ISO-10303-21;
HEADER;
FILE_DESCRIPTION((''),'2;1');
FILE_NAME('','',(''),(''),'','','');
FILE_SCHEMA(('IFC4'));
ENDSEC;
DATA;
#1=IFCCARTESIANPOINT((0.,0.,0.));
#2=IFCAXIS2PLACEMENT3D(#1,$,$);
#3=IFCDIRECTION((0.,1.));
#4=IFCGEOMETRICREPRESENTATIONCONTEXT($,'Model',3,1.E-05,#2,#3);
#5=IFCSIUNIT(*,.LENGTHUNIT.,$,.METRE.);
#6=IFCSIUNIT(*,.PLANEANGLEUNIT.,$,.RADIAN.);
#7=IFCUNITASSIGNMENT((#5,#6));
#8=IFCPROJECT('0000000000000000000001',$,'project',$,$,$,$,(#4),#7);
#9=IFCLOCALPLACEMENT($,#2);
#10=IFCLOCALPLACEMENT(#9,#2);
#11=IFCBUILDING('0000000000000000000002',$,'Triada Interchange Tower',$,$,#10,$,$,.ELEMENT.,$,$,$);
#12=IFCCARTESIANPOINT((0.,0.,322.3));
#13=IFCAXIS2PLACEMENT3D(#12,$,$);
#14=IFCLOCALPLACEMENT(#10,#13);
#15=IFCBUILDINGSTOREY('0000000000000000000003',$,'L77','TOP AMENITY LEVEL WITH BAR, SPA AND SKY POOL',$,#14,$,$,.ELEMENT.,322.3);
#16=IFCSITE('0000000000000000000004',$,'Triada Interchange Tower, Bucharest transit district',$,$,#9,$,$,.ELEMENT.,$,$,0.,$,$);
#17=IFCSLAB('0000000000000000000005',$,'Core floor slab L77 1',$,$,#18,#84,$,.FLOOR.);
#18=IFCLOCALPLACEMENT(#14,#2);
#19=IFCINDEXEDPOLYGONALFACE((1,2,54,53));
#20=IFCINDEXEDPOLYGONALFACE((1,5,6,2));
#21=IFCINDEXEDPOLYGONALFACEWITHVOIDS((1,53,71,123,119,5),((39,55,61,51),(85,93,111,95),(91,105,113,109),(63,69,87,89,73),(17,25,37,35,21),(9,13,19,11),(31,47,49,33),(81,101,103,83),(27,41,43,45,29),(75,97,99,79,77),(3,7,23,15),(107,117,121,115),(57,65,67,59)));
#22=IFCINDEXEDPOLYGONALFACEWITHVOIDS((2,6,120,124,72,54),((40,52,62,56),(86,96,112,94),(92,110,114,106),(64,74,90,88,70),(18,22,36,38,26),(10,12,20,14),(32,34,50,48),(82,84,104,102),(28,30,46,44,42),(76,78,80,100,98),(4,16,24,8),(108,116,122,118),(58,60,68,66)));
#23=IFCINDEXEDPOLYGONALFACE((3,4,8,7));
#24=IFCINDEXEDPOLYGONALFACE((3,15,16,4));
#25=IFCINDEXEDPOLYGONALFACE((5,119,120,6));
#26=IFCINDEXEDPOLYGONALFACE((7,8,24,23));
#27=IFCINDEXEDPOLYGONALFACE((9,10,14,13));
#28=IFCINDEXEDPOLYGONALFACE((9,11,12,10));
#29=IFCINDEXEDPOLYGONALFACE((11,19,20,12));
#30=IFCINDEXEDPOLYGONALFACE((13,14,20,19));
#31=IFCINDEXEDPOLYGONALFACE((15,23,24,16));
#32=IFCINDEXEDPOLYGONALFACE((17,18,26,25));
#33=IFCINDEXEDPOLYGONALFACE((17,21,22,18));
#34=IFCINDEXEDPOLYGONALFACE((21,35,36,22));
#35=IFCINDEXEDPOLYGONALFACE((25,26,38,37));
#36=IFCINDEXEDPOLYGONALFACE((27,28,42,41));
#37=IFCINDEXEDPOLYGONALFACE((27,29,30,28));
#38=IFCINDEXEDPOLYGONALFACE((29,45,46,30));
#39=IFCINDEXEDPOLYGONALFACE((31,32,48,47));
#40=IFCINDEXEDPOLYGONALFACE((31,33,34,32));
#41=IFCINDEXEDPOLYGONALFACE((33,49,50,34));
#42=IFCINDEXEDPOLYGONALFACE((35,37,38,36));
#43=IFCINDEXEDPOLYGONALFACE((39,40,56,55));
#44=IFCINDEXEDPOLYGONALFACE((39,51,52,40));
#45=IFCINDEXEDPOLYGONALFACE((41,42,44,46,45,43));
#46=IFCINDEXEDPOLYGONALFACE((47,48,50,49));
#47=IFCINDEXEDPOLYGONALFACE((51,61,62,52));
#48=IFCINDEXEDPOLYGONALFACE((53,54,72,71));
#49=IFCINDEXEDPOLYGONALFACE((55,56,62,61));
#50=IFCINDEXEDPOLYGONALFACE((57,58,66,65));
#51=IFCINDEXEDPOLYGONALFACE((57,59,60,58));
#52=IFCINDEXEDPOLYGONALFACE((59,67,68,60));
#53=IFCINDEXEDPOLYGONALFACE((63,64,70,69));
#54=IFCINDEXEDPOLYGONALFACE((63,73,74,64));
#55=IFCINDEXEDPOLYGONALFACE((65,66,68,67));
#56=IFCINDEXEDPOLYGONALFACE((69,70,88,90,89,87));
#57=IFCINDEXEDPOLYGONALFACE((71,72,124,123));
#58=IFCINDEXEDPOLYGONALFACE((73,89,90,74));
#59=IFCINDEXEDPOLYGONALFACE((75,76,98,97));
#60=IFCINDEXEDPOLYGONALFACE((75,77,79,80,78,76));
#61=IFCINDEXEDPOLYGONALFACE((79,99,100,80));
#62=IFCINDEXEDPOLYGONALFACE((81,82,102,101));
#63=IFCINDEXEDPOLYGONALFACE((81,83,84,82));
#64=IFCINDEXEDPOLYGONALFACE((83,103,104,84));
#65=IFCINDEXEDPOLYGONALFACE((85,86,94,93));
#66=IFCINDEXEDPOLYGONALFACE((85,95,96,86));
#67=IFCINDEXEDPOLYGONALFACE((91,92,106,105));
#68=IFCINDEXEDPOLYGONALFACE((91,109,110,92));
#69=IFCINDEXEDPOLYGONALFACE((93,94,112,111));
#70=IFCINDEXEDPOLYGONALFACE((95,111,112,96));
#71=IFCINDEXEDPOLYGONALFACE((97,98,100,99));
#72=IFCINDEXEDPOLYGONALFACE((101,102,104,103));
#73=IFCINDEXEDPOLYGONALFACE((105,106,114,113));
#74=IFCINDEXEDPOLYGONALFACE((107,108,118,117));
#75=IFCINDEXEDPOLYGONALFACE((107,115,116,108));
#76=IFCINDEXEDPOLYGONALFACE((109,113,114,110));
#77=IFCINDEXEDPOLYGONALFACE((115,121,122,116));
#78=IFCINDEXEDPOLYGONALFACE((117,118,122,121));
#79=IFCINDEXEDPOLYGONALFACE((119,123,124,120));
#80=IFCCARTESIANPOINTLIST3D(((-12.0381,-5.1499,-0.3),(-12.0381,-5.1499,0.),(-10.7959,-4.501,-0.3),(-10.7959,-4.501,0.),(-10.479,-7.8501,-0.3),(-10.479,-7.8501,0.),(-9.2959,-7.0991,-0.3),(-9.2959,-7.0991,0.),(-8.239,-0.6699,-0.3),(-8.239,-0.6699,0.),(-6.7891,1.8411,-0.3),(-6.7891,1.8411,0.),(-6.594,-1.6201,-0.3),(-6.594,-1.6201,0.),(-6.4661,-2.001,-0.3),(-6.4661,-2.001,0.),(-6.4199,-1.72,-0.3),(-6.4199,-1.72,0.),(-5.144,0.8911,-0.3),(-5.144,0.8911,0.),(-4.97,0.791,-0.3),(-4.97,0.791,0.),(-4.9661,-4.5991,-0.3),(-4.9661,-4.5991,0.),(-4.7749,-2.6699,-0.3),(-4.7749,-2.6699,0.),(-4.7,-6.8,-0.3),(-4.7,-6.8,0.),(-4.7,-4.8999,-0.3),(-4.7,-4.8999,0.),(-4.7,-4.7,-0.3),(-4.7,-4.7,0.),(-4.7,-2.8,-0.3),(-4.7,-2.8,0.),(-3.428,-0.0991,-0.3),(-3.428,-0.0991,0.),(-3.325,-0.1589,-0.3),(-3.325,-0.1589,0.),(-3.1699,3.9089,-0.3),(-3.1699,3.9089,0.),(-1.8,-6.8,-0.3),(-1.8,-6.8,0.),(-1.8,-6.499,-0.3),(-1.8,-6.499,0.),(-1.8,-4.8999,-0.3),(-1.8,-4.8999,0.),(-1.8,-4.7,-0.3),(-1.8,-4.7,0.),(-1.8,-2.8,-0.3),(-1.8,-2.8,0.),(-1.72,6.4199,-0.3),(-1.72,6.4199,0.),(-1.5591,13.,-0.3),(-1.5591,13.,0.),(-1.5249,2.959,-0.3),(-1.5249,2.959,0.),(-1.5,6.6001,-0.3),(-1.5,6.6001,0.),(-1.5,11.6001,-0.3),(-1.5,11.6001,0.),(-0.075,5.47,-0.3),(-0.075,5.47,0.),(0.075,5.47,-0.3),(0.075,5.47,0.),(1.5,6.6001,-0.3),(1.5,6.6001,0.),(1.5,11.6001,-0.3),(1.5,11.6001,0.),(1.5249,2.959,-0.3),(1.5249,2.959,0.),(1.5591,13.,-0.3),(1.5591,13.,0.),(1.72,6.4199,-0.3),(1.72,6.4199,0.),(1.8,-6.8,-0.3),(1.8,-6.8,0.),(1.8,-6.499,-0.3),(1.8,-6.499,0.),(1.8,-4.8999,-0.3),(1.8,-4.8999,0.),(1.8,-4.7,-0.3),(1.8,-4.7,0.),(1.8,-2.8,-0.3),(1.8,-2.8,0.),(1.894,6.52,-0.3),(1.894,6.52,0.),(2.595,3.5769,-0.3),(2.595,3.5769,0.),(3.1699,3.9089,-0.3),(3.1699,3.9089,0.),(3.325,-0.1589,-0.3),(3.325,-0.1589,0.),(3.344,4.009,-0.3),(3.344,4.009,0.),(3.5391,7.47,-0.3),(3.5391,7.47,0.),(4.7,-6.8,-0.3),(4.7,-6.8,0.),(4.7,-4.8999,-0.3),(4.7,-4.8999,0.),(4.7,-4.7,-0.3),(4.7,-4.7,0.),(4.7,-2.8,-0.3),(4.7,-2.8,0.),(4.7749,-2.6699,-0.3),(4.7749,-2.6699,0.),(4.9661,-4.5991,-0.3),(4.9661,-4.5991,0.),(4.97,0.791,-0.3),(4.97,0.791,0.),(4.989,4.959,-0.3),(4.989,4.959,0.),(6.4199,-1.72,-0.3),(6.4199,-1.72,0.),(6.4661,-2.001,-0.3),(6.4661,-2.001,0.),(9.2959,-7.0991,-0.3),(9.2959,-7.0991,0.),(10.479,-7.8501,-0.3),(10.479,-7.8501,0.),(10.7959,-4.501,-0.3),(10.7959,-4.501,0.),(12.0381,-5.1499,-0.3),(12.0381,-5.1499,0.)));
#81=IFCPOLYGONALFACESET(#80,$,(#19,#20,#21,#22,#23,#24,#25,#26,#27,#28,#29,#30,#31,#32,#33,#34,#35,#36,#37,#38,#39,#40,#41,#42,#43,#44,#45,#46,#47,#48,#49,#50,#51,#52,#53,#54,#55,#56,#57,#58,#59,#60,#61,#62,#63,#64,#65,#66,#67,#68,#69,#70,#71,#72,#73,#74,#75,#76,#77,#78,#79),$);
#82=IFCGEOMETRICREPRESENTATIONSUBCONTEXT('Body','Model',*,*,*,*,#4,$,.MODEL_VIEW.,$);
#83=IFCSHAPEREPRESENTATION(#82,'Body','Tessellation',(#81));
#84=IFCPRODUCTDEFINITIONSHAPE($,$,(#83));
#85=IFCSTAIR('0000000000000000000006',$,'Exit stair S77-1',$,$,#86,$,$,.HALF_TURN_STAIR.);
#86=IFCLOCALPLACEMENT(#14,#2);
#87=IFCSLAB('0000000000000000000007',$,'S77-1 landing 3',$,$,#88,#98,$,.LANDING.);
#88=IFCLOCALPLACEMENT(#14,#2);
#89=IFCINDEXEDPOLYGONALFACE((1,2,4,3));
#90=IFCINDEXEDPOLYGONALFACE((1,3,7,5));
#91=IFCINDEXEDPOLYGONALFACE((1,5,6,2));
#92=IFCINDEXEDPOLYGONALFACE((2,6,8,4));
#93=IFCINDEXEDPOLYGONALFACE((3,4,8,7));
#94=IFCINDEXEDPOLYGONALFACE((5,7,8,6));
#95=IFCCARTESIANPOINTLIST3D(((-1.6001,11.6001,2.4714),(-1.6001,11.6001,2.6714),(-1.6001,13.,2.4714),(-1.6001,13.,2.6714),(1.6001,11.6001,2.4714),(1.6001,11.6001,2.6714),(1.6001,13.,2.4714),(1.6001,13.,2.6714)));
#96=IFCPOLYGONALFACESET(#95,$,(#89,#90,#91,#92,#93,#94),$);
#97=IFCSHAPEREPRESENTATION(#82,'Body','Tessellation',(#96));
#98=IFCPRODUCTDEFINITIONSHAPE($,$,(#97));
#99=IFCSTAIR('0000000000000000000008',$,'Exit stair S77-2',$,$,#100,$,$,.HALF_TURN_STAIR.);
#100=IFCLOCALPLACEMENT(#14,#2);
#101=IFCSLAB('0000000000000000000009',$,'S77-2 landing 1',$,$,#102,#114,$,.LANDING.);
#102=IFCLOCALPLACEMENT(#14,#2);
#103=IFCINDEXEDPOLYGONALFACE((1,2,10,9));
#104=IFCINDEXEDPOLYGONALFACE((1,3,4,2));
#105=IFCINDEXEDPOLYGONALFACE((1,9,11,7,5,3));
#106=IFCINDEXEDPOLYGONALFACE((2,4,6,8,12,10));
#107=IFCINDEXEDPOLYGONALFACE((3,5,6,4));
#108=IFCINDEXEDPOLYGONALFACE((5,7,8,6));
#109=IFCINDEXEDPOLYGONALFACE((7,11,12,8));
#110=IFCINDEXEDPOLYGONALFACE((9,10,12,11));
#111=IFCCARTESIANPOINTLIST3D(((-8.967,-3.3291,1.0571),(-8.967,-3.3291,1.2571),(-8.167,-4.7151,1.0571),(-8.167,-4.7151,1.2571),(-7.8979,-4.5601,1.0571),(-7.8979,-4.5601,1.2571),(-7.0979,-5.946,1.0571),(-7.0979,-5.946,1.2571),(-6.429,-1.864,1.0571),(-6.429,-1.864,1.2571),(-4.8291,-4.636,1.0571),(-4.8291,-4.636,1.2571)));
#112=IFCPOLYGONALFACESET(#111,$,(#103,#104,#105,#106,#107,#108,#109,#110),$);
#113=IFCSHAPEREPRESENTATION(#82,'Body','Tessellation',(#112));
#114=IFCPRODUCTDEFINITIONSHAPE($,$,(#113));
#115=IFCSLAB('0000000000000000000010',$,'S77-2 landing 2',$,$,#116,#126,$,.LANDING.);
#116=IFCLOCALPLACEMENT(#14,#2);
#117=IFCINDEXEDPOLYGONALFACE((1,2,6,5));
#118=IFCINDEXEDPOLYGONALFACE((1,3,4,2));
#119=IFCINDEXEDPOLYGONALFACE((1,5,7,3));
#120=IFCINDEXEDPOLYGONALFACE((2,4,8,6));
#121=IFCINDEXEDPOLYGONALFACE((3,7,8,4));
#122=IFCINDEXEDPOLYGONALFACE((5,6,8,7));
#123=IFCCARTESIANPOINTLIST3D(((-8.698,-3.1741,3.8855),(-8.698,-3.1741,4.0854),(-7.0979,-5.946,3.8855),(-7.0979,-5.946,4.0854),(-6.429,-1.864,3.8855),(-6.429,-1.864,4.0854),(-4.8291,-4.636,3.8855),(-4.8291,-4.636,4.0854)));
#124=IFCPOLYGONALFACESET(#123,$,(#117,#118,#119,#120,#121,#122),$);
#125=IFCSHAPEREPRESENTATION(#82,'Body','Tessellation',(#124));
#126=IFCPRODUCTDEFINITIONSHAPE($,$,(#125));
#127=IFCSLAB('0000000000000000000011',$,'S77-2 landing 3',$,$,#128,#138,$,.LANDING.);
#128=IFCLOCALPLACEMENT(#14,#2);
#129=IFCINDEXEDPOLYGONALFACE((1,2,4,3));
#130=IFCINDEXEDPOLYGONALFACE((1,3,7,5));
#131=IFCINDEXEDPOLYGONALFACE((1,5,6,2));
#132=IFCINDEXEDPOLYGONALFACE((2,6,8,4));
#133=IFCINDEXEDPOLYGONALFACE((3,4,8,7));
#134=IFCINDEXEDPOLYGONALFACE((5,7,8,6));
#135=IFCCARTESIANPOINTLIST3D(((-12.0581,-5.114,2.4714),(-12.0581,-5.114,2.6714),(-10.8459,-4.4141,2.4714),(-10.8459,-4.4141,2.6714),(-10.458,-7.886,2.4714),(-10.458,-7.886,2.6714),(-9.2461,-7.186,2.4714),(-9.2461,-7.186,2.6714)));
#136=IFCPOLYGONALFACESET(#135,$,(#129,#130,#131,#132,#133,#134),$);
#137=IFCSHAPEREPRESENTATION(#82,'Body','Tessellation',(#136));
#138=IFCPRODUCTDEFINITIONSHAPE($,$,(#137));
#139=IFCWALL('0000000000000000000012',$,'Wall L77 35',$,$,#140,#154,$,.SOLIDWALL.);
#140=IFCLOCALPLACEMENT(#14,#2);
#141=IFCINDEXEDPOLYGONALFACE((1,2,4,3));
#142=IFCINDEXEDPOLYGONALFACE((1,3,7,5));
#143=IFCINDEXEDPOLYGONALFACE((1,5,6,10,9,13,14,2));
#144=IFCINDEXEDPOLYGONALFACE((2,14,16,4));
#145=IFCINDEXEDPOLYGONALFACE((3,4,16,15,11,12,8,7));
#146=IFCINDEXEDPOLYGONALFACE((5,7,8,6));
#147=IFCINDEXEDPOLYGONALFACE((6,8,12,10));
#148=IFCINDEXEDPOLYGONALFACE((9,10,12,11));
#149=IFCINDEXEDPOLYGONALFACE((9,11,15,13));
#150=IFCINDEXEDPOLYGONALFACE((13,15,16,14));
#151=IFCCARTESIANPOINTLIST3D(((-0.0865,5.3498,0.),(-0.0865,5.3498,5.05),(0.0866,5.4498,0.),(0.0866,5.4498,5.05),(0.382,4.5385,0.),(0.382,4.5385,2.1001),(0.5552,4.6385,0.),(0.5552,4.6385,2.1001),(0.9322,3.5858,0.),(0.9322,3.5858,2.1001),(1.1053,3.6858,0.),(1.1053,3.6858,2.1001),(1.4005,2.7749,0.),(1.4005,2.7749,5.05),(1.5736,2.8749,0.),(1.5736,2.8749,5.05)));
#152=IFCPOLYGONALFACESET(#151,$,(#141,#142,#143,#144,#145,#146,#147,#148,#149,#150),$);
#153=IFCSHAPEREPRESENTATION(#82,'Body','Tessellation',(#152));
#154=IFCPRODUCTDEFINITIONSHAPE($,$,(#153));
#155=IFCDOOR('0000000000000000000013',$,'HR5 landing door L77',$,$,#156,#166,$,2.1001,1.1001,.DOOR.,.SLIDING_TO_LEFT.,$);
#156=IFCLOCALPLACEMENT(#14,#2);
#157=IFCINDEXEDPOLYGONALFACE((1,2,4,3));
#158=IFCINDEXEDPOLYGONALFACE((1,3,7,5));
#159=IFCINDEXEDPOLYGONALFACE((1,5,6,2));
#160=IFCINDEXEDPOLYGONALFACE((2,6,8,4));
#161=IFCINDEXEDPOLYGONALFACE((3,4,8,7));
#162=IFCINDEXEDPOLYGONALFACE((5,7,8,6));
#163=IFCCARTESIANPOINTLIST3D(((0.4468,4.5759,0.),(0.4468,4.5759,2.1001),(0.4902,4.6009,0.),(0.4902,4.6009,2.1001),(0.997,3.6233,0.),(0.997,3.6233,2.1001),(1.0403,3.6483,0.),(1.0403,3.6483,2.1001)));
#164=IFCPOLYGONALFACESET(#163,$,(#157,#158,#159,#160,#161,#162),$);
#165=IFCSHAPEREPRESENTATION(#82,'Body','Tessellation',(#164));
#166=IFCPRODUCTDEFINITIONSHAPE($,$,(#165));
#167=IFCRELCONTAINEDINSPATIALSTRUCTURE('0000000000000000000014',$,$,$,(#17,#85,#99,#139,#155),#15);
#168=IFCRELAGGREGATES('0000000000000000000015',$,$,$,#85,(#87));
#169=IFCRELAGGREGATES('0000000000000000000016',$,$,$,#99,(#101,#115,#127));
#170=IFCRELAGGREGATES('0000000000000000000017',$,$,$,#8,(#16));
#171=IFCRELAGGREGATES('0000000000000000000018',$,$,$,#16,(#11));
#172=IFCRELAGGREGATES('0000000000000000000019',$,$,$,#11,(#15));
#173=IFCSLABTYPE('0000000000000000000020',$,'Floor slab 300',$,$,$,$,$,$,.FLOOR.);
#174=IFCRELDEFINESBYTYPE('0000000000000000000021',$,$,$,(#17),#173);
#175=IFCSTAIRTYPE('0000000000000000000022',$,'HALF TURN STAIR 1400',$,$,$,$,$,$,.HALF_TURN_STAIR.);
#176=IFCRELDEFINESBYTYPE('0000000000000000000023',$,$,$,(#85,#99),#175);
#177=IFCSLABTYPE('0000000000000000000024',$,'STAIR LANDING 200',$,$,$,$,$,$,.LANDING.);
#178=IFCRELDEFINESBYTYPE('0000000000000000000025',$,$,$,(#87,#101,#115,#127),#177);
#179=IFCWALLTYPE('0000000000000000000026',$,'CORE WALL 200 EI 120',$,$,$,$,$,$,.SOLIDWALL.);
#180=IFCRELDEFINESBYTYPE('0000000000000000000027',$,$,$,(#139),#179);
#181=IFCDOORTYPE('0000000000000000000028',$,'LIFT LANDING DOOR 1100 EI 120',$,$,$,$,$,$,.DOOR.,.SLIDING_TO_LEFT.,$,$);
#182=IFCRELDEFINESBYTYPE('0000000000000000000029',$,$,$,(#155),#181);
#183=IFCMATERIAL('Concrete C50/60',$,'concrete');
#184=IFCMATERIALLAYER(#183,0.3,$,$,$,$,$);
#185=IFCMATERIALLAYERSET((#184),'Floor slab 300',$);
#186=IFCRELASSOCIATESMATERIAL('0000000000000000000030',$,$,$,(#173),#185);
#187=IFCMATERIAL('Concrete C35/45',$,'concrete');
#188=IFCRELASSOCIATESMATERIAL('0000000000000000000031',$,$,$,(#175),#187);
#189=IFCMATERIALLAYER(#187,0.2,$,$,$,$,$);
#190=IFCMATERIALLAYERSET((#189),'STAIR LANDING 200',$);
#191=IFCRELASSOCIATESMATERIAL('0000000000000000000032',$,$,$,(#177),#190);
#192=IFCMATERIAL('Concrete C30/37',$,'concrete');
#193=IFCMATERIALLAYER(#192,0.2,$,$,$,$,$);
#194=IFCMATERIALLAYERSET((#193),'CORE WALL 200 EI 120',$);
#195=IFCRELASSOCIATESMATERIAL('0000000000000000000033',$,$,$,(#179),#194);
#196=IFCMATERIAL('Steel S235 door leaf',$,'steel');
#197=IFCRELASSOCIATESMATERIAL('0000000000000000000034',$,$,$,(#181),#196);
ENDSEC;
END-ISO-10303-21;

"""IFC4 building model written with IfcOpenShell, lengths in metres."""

from ifc_helpers import new_model, si_unit, direction, frame, frame_2d, origin, place, context, subcontext, project, spatial, polyline, rectangle, outline, extrude, material, layer, layer_set, type_object, element, fill, aggregate, save


model = new_model("IFC4")

# Units and contexts
model_context = context("Model", 3, precision=1e-05, world=origin(), true_north=direction((0.0, 1.0)))
body_context = subcontext(model_context, "Body", "Model", "MODEL_VIEW")
ifc_project = project(units=[si_unit("LENGTHUNIT", "METRE"), si_unit("PLANEANGLEUNIT", "RADIAN")], contexts=[model_context])

# Site, building, storey
site_placement = place(None, origin())
site = spatial("IfcSite", under=ifc_project, at=site_placement, Name="Triada Interchange Tower, Bucharest transit district", CompositionType="ELEMENT", RefElevation=0.0)
building_placement = place(site_placement, origin())
building = spatial("IfcBuilding", under=site, at=building_placement, Name="Triada Interchange Tower", CompositionType="ELEMENT")
storey_placement = place(building_placement, frame((0.0, 0.0, 322.3)))
storey = spatial("IfcBuildingStorey", under=building, at=storey_placement, Name="L77", Description="TOP AMENITY LEVEL WITH BAR, SPA AND SKY POOL", CompositionType="ELEMENT", Elevation=322.3)

# Slab
ifc_material_1 = material(Name="Concrete C50/60", Category="concrete")
ifc_layer_1 = layer(ifc_material_1, 0.3)
ifc_layer_set_1 = layer_set([ifc_layer_1], Name="Floor slab 300")
slab_type_1 = type_object("IfcSlabType", Name="Floor slab 300", PredefinedType="FLOOR", material=ifc_layer_set_1)
slab_1_placement = place(storey_placement, frame((0.0, 0.0, -0.3)))
element("IfcSlab", 1, at=slab_1_placement, inside=storey, type_object=slab_type_1, Name="Core floor slab L77 1", PredefinedType="FLOOR", context=body_context, shape_type="SweptSolid", body=[
    extrude(outline(polyline([(12.0381, -5.1499), (10.479, -7.8501), (-10.479, -7.8501), (-12.0381, -5.1499), (-1.5591, 13.0), (1.5591, 13.0), (12.0381, -5.1499)]), holes=[polyline([(9.2959, -7.0991), (10.7959, -4.501), (6.4661, -2.001), (4.9661, -4.5991), (9.2959, -7.0991)]), polyline([(4.97, 0.791), (3.325, -0.1589), (4.7749, -2.6699), (6.4199, -1.72), (4.97, 0.791)]), polyline([(1.894, 6.52), (3.344, 4.009), (4.989, 4.959), (3.5391, 7.47), (1.894, 6.52)]), polyline([(1.8, -4.8999), (1.8, -6.499), (1.8, -6.8), (4.7, -6.8), (4.7, -4.8999), (1.8, -4.8999)]), polyline([(4.7, -2.8), (1.8, -2.8), (1.8, -4.7), (4.7, -4.7), (4.7, -2.8)]), polyline([(1.5249, 2.959), (2.595, 3.5769), (3.1699, 3.9089), (1.72, 6.4199), (0.075, 5.47), (1.5249, 2.959)]), polyline([(-1.5, 11.6001), (-1.5, 6.6001), (1.5, 6.6001), (1.5, 11.6001), (-1.5, 11.6001)]), polyline([(-1.5249, 2.959), (-0.075, 5.47), (-1.72, 6.4199), (-3.1699, 3.9089), (-1.5249, 2.959)]), polyline([(-1.8, -2.8), (-4.7, -2.8), (-4.7, -4.7), (-1.8, -4.7), (-1.8, -2.8)]), polyline([(-4.7, -6.8), (-1.8, -6.8), (-1.8, -6.499), (-1.8, -4.8999), (-4.7, -4.8999), (-4.7, -6.8)]), polyline([(-3.428, -0.0991), (-4.97, 0.791), (-6.4199, -1.72), (-4.7749, -2.6699), (-3.325, -0.1589), (-3.428, -0.0991)]), polyline([(-10.7959, -4.501), (-9.2959, -7.0991), (-4.9661, -4.5991), (-6.4661, -2.001), (-10.7959, -4.501)]), polyline([(-6.594, -1.6201), (-5.144, 0.8911), (-6.7891, 1.8411), (-8.239, -0.6699), (-6.594, -1.6201)])]), origin(), (0.0, 0.0, 1.0), 0.3),
])

# Stair, slab
ifc_material_2 = material(Name="Concrete C35/45", Category="concrete")
stair_type = type_object("IfcStairType", Name="HALF TURN STAIR 1400", PredefinedType="HALF_TURN_STAIR", material=ifc_material_2)
stair_1_placement = place(storey_placement, origin())
stair_1 = element("IfcStair", 2, at=stair_1_placement, inside=storey, type_object=stair_type, Name="Exit stair S77-1", PredefinedType="HALF_TURN_STAIR")
ifc_layer_2 = layer(ifc_material_2, 0.2)
ifc_layer_set_2 = layer_set([ifc_layer_2], Name="STAIR LANDING 200")
slab_type_2 = type_object("IfcSlabType", Name="STAIR LANDING 200", PredefinedType="LANDING", material=ifc_layer_set_2)
slab_2_placement = place(storey_placement, frame((0.0, 0.0, 2.4714)))
slab_2 = element("IfcSlab", 3, at=slab_2_placement, type_object=slab_type_2, Name="S77-1 landing 3", PredefinedType="LANDING", context=body_context, shape_type="SweptSolid", body=[
    extrude(outline(polyline([(1.6001, 11.6001), (1.6001, 13.0), (-1.6001, 13.0), (-1.6001, 11.6001), (1.6001, 11.6001)])), origin(), (0.0, 0.0, 1.0), 0.2),
])
aggregate(stair_1, [slab_2])

# Stair, slabs
stair_2_placement = place(storey_placement, origin())
stair_2 = element("IfcStair", 4, at=stair_2_placement, inside=storey, type_object=stair_type, Name="Exit stair S77-2", PredefinedType="HALF_TURN_STAIR")
slab_3_placement = place(storey_placement, frame((0.0, 0.0, 1.0571)))
slab_3 = element("IfcSlab", 5, at=slab_3_placement, type_object=slab_type_2, Name="S77-2 landing 1", PredefinedType="LANDING", context=body_context, shape_type="SweptSolid", body=[
    extrude(outline(polyline([(-6.429, -1.864), (-8.967, -3.3291), (-8.167, -4.7151), (-7.8979, -4.5601), (-7.0979, -5.946), (-4.8291, -4.636), (-6.429, -1.864)])), origin(), (0.0, 0.0, 1.0), 0.2),
])
slab_4_placement = place(storey_placement, frame((0.0, 0.0, 3.8855)))
slab_4 = element("IfcSlab", 6, at=slab_4_placement, type_object=slab_type_2, Name="S77-2 landing 2", PredefinedType="LANDING", context=body_context, shape_type="SweptSolid", body=[
    extrude(outline(polyline([(-6.429, -1.864), (-8.698, -3.1741), (-7.0979, -5.946), (-4.8291, -4.636), (-6.429, -1.864)])), origin(), (0.0, 0.0, 1.0), 0.2),
])
slab_5_placement = place(storey_placement, frame((0.0, 0.0, 2.4714)))
slab_5 = element("IfcSlab", 7, at=slab_5_placement, type_object=slab_type_2, Name="S77-2 landing 3", PredefinedType="LANDING", context=body_context, shape_type="SweptSolid", body=[
    extrude(outline(polyline([(-10.8459, -4.4141), (-12.0581, -5.114), (-10.458, -7.886), (-9.2461, -7.186), (-10.8459, -4.4141)])), origin(), (0.0, 0.0, 1.0), 0.2),
])
aggregate(stair_2, [slab_3, slab_4, slab_5])

# Wall, opening, door
ifc_material_3 = material(Name="Concrete C30/37", Category="concrete")
ifc_layer_3 = layer(ifc_material_3, 0.2)
ifc_layer_set_3 = layer_set([ifc_layer_3], Name="CORE WALL 200 EI 120")
wall_type_1 = type_object("IfcWallType", Name="CORE WALL 200 EI 120", PredefinedType="SOLIDWALL", material=ifc_layer_set_3)
wall_1_placement = place(storey_placement, frame((0.0, 5.3999, 0.0), z_axis=(0.0, 0.0, 1.0), x_axis=(0.500104, -0.865965, 0.0)))
wall_1 = element("IfcWall", 8, at=wall_1_placement, inside=storey, type_object=wall_type_1, Name="Wall L77 35", PredefinedType="SOLIDWALL", context=body_context, shape_type="SweptSolid", body=[
    extrude(rectangle(XDim=2.9734, YDim=0.2, at=frame_2d((1.4868, 0.0))), origin(), (0.0, 0.0, 1.0), 5.05),
])
opening_1_placement = place(wall_1_placement, frame((0.937, 0.0, 0.0)))
opening_1 = element("IfcOpeningElement", 9, at=opening_1_placement, cuts=wall_1, PredefinedType="OPENING", context=body_context, shape_type="SweptSolid", body=[
    extrude(rectangle(XDim=1.1001, YDim=2.1001, at=frame_2d((0.55, 1.05))), frame((0.0, 0.1099, 0.0), z_axis=(0.0, -1.0, 0.0), x_axis=(1.0, 0.0, 0.0)), (0.0, 0.0, 1.0), 0.22),
])
ifc_material_4 = material(Name="Steel S235 door leaf", Category="steel")
door_type_1 = type_object("IfcDoorType", Name="LIFT LANDING DOOR 1100 EI 120", OperationType="SLIDING_TO_LEFT", PredefinedType="DOOR", material=ifc_material_4)
door_1_placement = place(opening_1_placement, origin())
door_1 = element("IfcDoor", 10, at=door_1_placement, inside=storey, type_object=door_type_1, Name="HR5 landing door L77", OperationType="SLIDING_TO_LEFT", OverallHeight=2.1001, OverallWidth=1.1001, PredefinedType="DOOR", context=body_context, shape_type="SweptSolid", body=[
    extrude(rectangle(XDim=1.1001, YDim=2.1001, at=frame_2d((0.55, 1.05))), frame((0.0, 0.0249, 0.0), z_axis=(0.0, -1.0, 0.0), x_axis=(1.0, 0.0, 0.0)), (0.0, 0.0, 1.0), 0.05),
])
fill(opening_1, door_1)

save(model, "model.ifc")
